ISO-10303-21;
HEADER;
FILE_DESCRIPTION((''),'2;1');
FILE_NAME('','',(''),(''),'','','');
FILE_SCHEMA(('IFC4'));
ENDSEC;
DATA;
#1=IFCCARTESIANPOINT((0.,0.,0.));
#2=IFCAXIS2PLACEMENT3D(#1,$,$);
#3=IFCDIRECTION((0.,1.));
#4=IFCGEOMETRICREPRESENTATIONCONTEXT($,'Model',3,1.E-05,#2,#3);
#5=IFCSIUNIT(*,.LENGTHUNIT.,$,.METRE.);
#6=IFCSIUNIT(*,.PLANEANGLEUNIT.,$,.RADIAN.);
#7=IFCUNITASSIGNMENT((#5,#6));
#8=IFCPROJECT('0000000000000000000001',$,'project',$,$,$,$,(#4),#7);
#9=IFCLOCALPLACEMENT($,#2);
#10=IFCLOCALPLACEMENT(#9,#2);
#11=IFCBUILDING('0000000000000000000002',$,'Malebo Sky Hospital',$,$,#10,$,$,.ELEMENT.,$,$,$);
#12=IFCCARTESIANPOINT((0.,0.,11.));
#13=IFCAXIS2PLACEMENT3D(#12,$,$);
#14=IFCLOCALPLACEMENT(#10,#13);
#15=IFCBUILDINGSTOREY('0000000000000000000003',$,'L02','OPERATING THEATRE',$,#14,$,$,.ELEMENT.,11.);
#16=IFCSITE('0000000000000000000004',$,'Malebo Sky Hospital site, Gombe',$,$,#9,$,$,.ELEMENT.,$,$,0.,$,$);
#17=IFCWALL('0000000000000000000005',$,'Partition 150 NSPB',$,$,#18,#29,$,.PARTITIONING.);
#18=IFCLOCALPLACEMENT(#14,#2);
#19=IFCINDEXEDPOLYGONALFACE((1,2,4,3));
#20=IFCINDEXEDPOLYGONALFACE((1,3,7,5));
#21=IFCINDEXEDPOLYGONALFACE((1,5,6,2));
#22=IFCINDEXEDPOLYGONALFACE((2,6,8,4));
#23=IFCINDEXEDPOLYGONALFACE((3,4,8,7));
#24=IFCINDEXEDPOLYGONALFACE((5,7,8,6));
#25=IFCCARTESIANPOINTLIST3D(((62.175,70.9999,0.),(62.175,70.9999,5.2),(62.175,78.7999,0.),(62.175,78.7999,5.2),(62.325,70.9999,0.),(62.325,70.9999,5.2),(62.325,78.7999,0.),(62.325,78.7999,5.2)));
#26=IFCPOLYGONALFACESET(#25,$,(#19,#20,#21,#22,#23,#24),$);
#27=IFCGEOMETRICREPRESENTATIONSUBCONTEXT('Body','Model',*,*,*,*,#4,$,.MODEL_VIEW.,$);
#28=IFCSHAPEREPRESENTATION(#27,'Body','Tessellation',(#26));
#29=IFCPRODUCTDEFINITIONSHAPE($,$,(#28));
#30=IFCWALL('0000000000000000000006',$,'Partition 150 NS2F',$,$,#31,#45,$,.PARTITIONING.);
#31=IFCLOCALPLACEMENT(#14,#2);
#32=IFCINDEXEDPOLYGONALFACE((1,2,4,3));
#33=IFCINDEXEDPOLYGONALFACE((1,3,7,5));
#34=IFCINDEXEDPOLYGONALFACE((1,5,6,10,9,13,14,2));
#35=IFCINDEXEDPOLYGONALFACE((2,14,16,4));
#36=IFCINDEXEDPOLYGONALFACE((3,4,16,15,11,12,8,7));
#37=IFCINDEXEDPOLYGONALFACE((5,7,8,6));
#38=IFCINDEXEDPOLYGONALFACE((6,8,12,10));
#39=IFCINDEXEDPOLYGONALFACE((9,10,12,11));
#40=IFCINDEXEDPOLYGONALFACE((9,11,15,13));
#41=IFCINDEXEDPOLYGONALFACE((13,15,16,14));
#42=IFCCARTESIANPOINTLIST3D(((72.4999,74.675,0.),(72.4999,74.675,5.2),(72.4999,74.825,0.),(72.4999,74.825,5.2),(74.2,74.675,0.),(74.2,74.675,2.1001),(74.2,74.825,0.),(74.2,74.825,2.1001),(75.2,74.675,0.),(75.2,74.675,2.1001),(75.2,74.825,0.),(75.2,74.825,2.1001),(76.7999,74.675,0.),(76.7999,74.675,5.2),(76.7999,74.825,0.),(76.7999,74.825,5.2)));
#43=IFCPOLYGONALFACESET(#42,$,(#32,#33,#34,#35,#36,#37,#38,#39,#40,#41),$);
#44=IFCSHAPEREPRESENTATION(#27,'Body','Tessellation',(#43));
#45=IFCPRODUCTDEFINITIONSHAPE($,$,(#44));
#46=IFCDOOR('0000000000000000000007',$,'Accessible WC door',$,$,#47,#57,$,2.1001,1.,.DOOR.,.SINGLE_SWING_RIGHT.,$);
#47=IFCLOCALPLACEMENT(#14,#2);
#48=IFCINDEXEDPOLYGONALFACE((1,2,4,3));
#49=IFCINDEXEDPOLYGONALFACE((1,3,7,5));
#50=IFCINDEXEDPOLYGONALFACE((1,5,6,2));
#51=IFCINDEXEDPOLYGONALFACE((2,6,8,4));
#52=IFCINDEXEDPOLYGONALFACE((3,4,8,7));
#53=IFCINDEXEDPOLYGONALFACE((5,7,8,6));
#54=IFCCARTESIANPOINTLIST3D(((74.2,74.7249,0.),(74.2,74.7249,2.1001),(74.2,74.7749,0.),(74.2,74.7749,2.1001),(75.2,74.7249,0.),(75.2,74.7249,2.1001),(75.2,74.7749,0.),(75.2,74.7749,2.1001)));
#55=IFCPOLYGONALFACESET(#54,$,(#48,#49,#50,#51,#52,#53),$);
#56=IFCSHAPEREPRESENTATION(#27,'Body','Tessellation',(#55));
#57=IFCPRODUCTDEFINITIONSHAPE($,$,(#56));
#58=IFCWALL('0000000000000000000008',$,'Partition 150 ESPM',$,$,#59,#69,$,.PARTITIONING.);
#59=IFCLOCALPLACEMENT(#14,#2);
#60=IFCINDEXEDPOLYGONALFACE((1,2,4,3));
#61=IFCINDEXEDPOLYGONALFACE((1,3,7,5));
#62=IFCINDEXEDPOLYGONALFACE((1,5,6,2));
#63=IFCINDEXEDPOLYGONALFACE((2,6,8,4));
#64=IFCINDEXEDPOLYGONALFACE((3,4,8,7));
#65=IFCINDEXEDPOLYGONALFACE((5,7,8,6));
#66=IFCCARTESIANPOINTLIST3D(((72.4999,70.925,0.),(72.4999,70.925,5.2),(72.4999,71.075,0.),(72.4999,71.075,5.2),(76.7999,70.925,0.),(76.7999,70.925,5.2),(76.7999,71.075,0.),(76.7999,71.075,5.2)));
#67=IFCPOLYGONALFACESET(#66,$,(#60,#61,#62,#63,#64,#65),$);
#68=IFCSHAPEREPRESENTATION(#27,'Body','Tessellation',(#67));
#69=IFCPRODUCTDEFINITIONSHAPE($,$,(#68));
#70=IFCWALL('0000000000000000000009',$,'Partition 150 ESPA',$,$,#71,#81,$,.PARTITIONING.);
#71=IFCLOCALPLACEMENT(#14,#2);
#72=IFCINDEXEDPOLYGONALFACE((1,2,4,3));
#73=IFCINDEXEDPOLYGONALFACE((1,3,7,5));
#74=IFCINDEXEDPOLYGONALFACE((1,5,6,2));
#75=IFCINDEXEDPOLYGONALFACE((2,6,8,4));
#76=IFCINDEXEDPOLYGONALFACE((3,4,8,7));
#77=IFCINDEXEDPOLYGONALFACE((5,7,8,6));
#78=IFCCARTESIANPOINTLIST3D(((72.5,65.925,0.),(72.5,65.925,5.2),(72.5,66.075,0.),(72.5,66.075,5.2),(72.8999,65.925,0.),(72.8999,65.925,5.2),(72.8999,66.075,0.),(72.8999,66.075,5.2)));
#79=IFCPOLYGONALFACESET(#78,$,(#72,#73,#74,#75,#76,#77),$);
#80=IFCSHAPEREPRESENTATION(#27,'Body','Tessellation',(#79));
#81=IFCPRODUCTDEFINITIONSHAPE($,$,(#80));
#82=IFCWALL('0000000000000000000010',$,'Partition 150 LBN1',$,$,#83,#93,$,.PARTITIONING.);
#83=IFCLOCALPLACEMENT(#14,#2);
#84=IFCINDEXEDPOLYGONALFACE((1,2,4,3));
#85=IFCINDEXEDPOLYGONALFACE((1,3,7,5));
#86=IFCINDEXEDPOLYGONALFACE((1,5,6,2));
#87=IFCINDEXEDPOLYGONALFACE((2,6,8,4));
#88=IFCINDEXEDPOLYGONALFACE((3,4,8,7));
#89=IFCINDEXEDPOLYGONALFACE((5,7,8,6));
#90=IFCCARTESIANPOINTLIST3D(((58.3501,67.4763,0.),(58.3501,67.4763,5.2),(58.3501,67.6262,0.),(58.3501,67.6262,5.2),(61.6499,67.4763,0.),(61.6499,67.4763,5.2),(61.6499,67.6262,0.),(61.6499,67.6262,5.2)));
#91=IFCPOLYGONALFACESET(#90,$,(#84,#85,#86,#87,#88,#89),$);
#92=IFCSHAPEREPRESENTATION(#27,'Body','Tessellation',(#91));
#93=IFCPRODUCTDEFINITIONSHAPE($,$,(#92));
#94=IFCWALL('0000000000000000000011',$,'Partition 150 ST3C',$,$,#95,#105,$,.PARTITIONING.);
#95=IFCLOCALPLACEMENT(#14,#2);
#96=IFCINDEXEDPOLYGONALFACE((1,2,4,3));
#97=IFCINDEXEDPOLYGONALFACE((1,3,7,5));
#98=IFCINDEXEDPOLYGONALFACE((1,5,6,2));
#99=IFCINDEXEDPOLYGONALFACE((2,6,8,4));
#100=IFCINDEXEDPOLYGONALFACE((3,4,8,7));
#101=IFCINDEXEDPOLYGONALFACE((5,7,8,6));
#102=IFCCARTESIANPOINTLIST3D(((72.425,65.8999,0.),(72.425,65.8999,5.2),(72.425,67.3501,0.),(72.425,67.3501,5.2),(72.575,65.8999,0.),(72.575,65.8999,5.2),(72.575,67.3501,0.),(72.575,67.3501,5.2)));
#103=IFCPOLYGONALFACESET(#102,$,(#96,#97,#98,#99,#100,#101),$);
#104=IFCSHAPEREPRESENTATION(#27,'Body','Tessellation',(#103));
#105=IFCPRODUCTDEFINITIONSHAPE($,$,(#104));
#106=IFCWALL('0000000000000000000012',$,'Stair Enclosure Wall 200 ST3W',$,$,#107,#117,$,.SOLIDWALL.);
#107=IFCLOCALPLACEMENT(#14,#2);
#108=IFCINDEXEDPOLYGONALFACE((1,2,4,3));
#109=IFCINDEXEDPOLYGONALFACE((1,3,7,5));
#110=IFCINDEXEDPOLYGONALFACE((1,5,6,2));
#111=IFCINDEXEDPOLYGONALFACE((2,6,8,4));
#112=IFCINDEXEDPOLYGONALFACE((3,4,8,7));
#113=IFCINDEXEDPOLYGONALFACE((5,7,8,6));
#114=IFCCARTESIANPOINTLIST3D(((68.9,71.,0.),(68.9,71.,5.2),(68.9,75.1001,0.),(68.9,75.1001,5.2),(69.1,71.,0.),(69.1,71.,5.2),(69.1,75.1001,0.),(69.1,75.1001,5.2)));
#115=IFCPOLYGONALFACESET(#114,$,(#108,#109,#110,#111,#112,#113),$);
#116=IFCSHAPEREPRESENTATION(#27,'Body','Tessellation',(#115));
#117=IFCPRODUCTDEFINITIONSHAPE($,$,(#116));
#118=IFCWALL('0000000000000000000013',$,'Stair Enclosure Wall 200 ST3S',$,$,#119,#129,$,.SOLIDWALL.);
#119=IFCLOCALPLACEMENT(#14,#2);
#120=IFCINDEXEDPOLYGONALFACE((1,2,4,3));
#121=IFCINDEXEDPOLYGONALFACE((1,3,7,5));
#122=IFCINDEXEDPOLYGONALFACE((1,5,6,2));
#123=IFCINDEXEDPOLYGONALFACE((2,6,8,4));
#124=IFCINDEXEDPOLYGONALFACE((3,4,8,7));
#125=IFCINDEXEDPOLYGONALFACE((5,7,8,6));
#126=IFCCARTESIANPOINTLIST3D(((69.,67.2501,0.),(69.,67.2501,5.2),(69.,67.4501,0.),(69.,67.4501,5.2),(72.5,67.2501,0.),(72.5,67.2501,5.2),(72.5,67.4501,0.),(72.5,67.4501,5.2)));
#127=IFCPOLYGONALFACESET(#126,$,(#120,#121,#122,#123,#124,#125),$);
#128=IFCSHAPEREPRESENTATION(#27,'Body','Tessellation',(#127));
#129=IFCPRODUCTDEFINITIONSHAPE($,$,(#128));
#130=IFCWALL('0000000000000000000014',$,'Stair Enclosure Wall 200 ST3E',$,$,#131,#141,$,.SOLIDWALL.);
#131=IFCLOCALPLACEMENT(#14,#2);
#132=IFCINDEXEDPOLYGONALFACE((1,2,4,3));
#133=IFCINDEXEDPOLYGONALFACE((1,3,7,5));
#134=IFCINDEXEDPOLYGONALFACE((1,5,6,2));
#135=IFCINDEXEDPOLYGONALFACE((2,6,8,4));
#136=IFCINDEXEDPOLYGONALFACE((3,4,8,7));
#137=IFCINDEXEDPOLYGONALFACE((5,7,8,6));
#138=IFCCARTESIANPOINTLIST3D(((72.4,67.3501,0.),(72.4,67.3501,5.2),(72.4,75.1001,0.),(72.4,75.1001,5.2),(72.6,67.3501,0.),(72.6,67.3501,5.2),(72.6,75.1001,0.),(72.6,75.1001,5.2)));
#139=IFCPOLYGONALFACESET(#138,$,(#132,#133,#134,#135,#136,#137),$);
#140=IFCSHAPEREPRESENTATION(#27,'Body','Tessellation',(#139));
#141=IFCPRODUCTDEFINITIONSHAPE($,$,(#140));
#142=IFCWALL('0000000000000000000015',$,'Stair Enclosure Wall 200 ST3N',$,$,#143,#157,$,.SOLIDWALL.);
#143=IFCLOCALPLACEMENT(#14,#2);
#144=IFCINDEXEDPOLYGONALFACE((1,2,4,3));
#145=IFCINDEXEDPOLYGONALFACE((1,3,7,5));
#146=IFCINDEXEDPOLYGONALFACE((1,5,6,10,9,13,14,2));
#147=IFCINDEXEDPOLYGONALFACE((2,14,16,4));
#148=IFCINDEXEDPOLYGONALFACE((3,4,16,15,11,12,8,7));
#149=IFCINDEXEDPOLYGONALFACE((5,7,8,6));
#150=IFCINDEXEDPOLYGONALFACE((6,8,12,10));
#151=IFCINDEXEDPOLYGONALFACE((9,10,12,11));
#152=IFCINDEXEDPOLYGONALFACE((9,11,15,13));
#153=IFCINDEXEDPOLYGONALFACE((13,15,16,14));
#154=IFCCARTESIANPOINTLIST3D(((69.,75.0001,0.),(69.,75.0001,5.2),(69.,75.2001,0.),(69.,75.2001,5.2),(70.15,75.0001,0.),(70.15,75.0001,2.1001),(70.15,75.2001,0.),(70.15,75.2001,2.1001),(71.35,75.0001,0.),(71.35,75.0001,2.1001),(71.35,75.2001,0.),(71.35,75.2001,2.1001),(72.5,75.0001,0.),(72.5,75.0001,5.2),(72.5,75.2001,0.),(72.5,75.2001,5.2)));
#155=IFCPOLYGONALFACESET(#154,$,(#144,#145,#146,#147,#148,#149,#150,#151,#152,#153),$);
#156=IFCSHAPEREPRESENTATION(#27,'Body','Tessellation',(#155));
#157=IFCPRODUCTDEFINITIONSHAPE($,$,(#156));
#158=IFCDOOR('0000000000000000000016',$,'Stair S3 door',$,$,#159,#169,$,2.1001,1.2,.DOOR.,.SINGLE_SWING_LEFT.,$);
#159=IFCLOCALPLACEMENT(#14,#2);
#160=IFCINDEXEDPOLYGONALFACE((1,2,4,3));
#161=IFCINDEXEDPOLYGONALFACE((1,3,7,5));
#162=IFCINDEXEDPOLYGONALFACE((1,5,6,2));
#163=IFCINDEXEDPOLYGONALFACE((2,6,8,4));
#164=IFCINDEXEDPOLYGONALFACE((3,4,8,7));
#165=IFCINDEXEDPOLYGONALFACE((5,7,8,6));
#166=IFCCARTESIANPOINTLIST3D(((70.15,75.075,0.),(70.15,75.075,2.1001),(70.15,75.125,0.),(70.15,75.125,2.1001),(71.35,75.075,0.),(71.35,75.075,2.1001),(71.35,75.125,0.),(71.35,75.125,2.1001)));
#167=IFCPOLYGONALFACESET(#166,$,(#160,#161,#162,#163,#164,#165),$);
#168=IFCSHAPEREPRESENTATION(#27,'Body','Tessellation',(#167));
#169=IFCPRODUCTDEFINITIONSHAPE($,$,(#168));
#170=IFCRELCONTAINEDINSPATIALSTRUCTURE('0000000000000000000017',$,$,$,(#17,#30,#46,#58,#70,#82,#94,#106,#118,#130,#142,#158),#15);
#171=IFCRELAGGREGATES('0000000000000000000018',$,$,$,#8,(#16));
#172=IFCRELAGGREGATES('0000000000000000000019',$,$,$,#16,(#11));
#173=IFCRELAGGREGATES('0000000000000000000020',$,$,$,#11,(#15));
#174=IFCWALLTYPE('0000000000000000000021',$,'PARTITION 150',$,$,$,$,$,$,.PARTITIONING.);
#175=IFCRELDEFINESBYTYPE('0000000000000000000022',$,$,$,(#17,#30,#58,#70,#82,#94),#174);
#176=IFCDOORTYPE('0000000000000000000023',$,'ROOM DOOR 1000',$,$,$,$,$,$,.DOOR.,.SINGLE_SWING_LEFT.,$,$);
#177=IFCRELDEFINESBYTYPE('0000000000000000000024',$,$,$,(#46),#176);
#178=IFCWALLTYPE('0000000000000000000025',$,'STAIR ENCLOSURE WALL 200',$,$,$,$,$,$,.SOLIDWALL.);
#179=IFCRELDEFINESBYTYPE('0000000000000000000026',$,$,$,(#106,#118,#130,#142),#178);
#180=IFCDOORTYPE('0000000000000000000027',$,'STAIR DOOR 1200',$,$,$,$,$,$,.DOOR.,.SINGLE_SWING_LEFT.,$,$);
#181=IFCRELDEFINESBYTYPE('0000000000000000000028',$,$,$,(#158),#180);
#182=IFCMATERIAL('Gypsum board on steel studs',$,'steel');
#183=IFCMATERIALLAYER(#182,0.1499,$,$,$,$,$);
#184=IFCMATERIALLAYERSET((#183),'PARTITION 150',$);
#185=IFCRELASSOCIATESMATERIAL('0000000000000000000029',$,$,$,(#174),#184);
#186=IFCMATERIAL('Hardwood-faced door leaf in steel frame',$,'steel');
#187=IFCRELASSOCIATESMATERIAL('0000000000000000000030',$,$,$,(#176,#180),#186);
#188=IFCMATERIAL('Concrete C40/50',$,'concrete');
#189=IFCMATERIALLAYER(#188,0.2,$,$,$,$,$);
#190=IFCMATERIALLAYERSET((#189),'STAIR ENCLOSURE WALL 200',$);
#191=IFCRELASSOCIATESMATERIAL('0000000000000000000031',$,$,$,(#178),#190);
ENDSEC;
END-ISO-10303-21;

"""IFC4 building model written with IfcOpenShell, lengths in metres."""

from ifc_helpers import new_model, si_unit, direction, frame, frame_2d, origin, place, context, subcontext, project, spatial, rectangle, extrude, material, layer, layer_set, type_object, element, fill, save


model = new_model("IFC4")

# Units and contexts
model_context = context("Model", 3, precision=1e-05, world=origin(), true_north=direction((0.0, 1.0)))
body_context = subcontext(model_context, "Body", "Model", "MODEL_VIEW")
ifc_project = project(units=[si_unit("LENGTHUNIT", "METRE"), si_unit("PLANEANGLEUNIT", "RADIAN")], contexts=[model_context])

# Site, building, storey
site_placement = place(None, origin())
site = spatial("IfcSite", under=ifc_project, at=site_placement, Name="Malebo Sky Hospital site, Gombe", CompositionType="ELEMENT", RefElevation=0.0)
building_placement = place(site_placement, origin())
building = spatial("IfcBuilding", under=site, at=building_placement, Name="Malebo Sky Hospital", CompositionType="ELEMENT")
storey_placement = place(building_placement, frame((0.0, 0.0, 11.0)))
storey = spatial("IfcBuildingStorey", under=building, at=storey_placement, Name="L02", Description="OPERATING THEATRE", CompositionType="ELEMENT", Elevation=11.0)

# Wall
ifc_material_1 = material(Name="Gypsum board on steel studs", Category="steel")
ifc_layer_1 = layer(ifc_material_1, 0.1499)
ifc_layer_set_1 = layer_set([ifc_layer_1], Name="PARTITION 150")
wall_type_1 = type_object("IfcWallType", Name="PARTITION 150", PredefinedType="PARTITIONING", material=ifc_layer_set_1)
wall_1_placement = place(storey_placement, frame((62.25, 71.0, 0.0), z_axis=(0.0, 0.0, 1.0), x_axis=(0.0, 1.0, 0.0)))
element("IfcWall", 1, at=wall_1_placement, inside=storey, type_object=wall_type_1, Name="Partition 150 NSPB", PredefinedType="PARTITIONING", context=body_context, shape_type="SweptSolid", body=[
    extrude(rectangle(XDim=7.8, YDim=0.1499, at=frame_2d((3.8999, 0.0))), origin(), (0.0, 0.0, 1.0), 5.2),
])

# Wall, opening, door
wall_2_placement = place(storey_placement, frame((72.5, 74.75, 0.0), z_axis=(0.0, 0.0, 1.0), x_axis=(1.0, 0.0, 0.0)))
wall_2 = element("IfcWall", 2, at=wall_2_placement, inside=storey, type_object=wall_type_1, Name="Partition 150 NS2F", PredefinedType="PARTITIONING", context=body_context, shape_type="SweptSolid", body=[
    extrude(rectangle(XDim=4.3, YDim=0.1499, at=frame_2d((2.1499, 0.0))), origin(), (0.0, 0.0, 1.0), 5.2),
])
opening_1_placement = place(wall_2_placement, frame((1.7, 0.0, 0.0)))
opening_1 = element("IfcOpeningElement", 3, at=opening_1_placement, cuts=wall_2, PredefinedType="OPENING", context=body_context, shape_type="SweptSolid", body=[
    extrude(rectangle(XDim=1.0, YDim=2.1001, at=frame_2d((0.5, 1.05))), frame((0.0, 0.085, 0.0), z_axis=(0.0, -1.0, 0.0), x_axis=(1.0, 0.0, 0.0)), (0.0, 0.0, 1.0), 0.1699),
])
ifc_material_2 = material(Name="Hardwood-faced door leaf in steel frame", Category="steel")
door_type_1 = type_object("IfcDoorType", Name="ROOM DOOR 1000", OperationType="SINGLE_SWING_LEFT", PredefinedType="DOOR", material=ifc_material_2)
door_1_placement = place(opening_1_placement, origin())
door_1 = element("IfcDoor", 4, at=door_1_placement, inside=storey, type_object=door_type_1, Name="Accessible WC door", OperationType="SINGLE_SWING_RIGHT", OverallHeight=2.1001, OverallWidth=1.0, PredefinedType="DOOR", context=body_context, shape_type="SweptSolid", body=[
    extrude(rectangle(XDim=1.0, YDim=2.1001, at=frame_2d((0.5, 1.05))), frame((0.0, 0.0249, 0.0), z_axis=(0.0, -1.0, 0.0), x_axis=(1.0, 0.0, 0.0)), (0.0, 0.0, 1.0), 0.05),
])
fill(opening_1, door_1)

# Walls
wall_3_placement = place(storey_placement, frame((72.5, 71.0, 0.0), z_axis=(0.0, 0.0, 1.0), x_axis=(1.0, 0.0, 0.0)))
element("IfcWall", 5, at=wall_3_placement, inside=storey, type_object=wall_type_1, Name="Partition 150 ESPM", PredefinedType="PARTITIONING", context=body_context, shape_type="SweptSolid", body=[
    extrude(rectangle(XDim=4.3, YDim=0.1499, at=frame_2d((2.1499, 0.0))), origin(), (0.0, 0.0, 1.0), 5.2),
])
wall_4_placement = place(storey_placement, frame((72.5, 66.0, 0.0), z_axis=(0.0, 0.0, 1.0), x_axis=(1.0, 0.0, 0.0)))
element("IfcWall", 6, at=wall_4_placement, inside=storey, type_object=wall_type_1, Name="Partition 150 ESPA", PredefinedType="PARTITIONING", context=body_context, shape_type="SweptSolid", body=[
    extrude(rectangle(XDim=0.3999, YDim=0.1499, at=frame_2d((0.2, 0.0))), origin(), (0.0, 0.0, 1.0), 5.2),
])
wall_5_placement = place(storey_placement, frame((58.3501, 67.5513, 0.0), z_axis=(0.0, 0.0, 1.0), x_axis=(1.0, 0.0, 0.0)))
element("IfcWall", 7, at=wall_5_placement, inside=storey, type_object=wall_type_1, Name="Partition 150 LBN1", PredefinedType="PARTITIONING", context=body_context, shape_type="SweptSolid", body=[
    extrude(rectangle(XDim=3.2998, YDim=0.1499, at=frame_2d((1.6499, 0.0))), origin(), (0.0, 0.0, 1.0), 5.2),
])
wall_6_placement = place(storey_placement, frame((72.5, 65.8999, 0.0), z_axis=(0.0, 0.0, 1.0), x_axis=(0.0, 1.0, 0.0)))
element("IfcWall", 8, at=wall_6_placement, inside=storey, type_object=wall_type_1, Name="Partition 150 ST3C", PredefinedType="PARTITIONING", context=body_context, shape_type="SweptSolid", body=[
    extrude(rectangle(XDim=1.4502, YDim=0.1499, at=frame_2d((0.7251, 0.0))), origin(), (0.0, 0.0, 1.0), 5.2),
])
ifc_material_3 = material(Name="Concrete C40/50", Category="concrete")
ifc_layer_2 = layer(ifc_material_3, 0.2)
ifc_layer_set_2 = layer_set([ifc_layer_2], Name="STAIR ENCLOSURE WALL 200")
wall_type_2 = type_object("IfcWallType", Name="STAIR ENCLOSURE WALL 200", PredefinedType="SOLIDWALL", material=ifc_layer_set_2)
wall_7_placement = place(storey_placement, frame((69.0, 71.0, 0.0), z_axis=(0.0, 0.0, 1.0), x_axis=(0.0, 1.0, 0.0)))
element("IfcWall", 9, at=wall_7_placement, inside=storey, type_object=wall_type_2, Name="Stair Enclosure Wall 200 ST3W", PredefinedType="SOLIDWALL", context=body_context, shape_type="SweptSolid", body=[
    extrude(rectangle(XDim=4.1001, YDim=0.2, at=frame_2d((2.05, 0.0))), origin(), (0.0, 0.0, 1.0), 5.2),
])
wall_8_placement = place(storey_placement, frame((69.0, 67.3501, 0.0), z_axis=(0.0, 0.0, 1.0), x_axis=(1.0, 0.0, 0.0)))
element("IfcWall", 10, at=wall_8_placement, inside=storey, type_object=wall_type_2, Name="Stair Enclosure Wall 200 ST3S", PredefinedType="SOLIDWALL", context=body_context, shape_type="SweptSolid", body=[
    extrude(rectangle(XDim=3.5, YDim=0.2, at=frame_2d((1.75, 0.0))), origin(), (0.0, 0.0, 1.0), 5.2),
])
wall_9_placement = place(storey_placement, frame((72.5, 67.3501, 0.0), z_axis=(0.0, 0.0, 1.0), x_axis=(0.0, 1.0, 0.0)))
element("IfcWall", 11, at=wall_9_placement, inside=storey, type_object=wall_type_2, Name="Stair Enclosure Wall 200 ST3E", PredefinedType="SOLIDWALL", context=body_context, shape_type="SweptSolid", body=[
    extrude(rectangle(XDim=7.75, YDim=0.2, at=frame_2d((3.875, 0.0))), origin(), (0.0, 0.0, 1.0), 5.2),
])

# Wall, opening, door
wall_10_placement = place(storey_placement, frame((69.0, 75.1001, 0.0), z_axis=(0.0, 0.0, 1.0), x_axis=(1.0, 0.0, 0.0)))
wall_10 = element("IfcWall", 12, at=wall_10_placement, inside=storey, type_object=wall_type_2, Name="Stair Enclosure Wall 200 ST3N", PredefinedType="SOLIDWALL", context=body_context, shape_type="SweptSolid", body=[
    extrude(rectangle(XDim=3.5, YDim=0.2, at=frame_2d((1.75, 0.0))), origin(), (0.0, 0.0, 1.0), 5.2),
])
opening_2_placement = place(wall_10_placement, frame((1.1499, 0.0, 0.0)))
opening_2 = element("IfcOpeningElement", 13, at=opening_2_placement, cuts=wall_10, PredefinedType="OPENING", context=body_context, shape_type="SweptSolid", body=[
    extrude(rectangle(XDim=1.2, YDim=2.1001, at=frame_2d((0.6001, 1.05))), frame((0.0, 0.1099, 0.0), z_axis=(0.0, -1.0, 0.0), x_axis=(1.0, 0.0, 0.0)), (0.0, 0.0, 1.0), 0.22),
])
door_type_2 = type_object("IfcDoorType", Name="STAIR DOOR 1200", OperationType="SINGLE_SWING_LEFT", PredefinedType="DOOR", material=ifc_material_2)
door_2_placement = place(opening_2_placement, origin())
door_2 = element("IfcDoor", 14, at=door_2_placement, inside=storey, type_object=door_type_2, Name="Stair S3 door", OperationType="SINGLE_SWING_LEFT", OverallHeight=2.1001, OverallWidth=1.2, PredefinedType="DOOR", context=body_context, shape_type="SweptSolid", body=[
    extrude(rectangle(XDim=1.2, YDim=2.1001, at=frame_2d((0.6001, 1.05))), frame((0.0, 0.0249, 0.0), z_axis=(0.0, -1.0, 0.0), x_axis=(1.0, 0.0, 0.0)), (0.0, 0.0, 1.0), 0.05),
])
fill(opening_2, door_2)

save(model, "model.ifc")
